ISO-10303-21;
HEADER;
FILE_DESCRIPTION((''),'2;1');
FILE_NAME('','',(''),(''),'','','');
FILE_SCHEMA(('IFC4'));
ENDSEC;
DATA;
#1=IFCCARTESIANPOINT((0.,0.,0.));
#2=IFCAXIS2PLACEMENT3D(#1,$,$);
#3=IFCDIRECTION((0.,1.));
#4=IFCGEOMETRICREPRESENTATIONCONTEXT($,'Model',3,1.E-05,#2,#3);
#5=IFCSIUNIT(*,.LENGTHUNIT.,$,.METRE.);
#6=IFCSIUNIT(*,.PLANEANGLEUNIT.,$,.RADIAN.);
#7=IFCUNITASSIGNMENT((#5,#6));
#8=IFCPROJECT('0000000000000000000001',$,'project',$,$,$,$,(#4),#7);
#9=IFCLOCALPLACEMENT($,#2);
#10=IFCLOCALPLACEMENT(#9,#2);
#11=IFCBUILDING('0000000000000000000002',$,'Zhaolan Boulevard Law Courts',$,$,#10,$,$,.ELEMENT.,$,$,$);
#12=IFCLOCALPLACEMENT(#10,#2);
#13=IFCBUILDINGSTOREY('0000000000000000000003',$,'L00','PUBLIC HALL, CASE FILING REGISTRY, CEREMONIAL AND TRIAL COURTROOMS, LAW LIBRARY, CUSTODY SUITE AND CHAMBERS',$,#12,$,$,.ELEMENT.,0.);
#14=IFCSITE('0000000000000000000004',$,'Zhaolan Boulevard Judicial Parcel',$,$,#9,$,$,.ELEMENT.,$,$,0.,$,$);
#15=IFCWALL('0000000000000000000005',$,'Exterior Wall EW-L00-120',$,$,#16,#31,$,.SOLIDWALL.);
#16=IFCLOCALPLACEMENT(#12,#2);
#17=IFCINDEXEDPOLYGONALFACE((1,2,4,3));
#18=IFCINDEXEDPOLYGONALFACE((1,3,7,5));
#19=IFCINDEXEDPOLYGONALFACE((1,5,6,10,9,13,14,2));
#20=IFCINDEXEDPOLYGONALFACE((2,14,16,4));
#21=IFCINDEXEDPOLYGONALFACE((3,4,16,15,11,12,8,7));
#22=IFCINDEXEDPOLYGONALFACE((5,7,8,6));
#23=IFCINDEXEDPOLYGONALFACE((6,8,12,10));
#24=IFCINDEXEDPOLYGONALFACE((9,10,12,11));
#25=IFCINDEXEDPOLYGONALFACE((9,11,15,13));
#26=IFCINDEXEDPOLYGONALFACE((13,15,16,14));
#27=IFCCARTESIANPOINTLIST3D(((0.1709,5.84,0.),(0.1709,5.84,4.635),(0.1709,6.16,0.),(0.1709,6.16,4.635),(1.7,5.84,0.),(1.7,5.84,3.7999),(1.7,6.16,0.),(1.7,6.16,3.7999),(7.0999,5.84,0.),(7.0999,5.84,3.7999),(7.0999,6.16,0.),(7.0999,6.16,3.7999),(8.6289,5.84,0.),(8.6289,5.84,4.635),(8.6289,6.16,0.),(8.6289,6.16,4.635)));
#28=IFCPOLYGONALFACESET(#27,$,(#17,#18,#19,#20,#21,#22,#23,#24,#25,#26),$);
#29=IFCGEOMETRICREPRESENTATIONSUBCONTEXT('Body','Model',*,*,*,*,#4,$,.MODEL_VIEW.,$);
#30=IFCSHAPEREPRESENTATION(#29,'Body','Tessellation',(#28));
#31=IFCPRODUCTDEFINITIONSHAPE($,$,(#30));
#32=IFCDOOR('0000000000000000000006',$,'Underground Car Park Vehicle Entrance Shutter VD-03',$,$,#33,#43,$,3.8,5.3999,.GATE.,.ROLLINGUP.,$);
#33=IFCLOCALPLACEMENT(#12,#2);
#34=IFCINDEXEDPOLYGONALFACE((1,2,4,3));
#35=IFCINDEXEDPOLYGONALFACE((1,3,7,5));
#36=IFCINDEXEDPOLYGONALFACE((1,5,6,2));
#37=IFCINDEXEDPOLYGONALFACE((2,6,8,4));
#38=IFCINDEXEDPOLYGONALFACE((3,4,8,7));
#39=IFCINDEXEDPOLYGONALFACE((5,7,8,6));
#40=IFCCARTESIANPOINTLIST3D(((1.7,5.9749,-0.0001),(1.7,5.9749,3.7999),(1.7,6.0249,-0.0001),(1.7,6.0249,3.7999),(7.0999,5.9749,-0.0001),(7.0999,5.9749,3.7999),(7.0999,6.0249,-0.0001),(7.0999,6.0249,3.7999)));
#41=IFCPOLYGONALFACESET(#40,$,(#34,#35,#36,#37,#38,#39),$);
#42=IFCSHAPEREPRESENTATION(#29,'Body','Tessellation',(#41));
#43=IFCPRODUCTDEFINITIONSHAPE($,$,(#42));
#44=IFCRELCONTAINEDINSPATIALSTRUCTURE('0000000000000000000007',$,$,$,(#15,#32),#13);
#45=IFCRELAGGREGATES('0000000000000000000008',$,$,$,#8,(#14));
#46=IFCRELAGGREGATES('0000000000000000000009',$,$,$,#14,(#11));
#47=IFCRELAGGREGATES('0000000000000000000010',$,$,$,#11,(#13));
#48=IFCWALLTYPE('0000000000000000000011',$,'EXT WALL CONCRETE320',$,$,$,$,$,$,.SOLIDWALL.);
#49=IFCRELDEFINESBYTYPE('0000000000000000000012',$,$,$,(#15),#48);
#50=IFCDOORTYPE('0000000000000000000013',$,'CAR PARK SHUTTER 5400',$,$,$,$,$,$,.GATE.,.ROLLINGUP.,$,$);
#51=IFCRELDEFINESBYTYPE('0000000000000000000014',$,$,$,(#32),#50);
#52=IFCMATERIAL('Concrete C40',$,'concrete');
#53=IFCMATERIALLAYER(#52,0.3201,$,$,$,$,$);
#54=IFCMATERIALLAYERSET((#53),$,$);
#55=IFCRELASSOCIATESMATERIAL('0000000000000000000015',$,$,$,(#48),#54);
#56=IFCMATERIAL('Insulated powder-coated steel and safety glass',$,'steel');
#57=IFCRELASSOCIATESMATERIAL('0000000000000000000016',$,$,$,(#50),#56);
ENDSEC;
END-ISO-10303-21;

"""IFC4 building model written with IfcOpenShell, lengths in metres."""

from ifc_helpers import new_model, si_unit, direction, frame, frame_2d, origin, place, context, subcontext, project, spatial, rectangle, extrude, material, layer, layer_set, type_object, element, fill, save


model = new_model("IFC4")

# Units and contexts
model_context = context("Model", 3, precision=1e-05, world=origin(), true_north=direction((0.0, 1.0)))
body_context = subcontext(model_context, "Body", "Model", "MODEL_VIEW")
ifc_project = project(units=[si_unit("LENGTHUNIT", "METRE"), si_unit("PLANEANGLEUNIT", "RADIAN")], contexts=[model_context])

# Site, building, storey
site_placement = place(None, origin())
site = spatial("IfcSite", under=ifc_project, at=site_placement, Name="Zhaolan Boulevard Judicial Parcel", CompositionType="ELEMENT", RefElevation=0.0)
building_placement = place(site_placement, origin())
building = spatial("IfcBuilding", under=site, at=building_placement, Name="Zhaolan Boulevard Law Courts", CompositionType="ELEMENT")
storey_placement = place(building_placement, origin())
storey = spatial("IfcBuildingStorey", under=building, at=storey_placement, Name="L00", Description="PUBLIC HALL, CASE FILING REGISTRY, CEREMONIAL AND TRIAL COURTROOMS, LAW LIBRARY, CUSTODY SUITE AND CHAMBERS", CompositionType="ELEMENT", Elevation=0.0)

# Wall, opening, door
ifc_material_1 = material(Name="Concrete C40", Category="concrete")
ifc_layer_1 = layer(ifc_material_1, 0.3201)
ifc_layer_set_1 = layer_set([ifc_layer_1])
wall_type = type_object("IfcWallType", Name="EXT WALL CONCRETE320", PredefinedType="SOLIDWALL", material=ifc_layer_set_1)
wall_placement = place(storey_placement, frame((0.1709, 6.0, 0.0), z_axis=(0.0, 0.0, 1.0), x_axis=(1.0, 0.0, 0.0)))
wall = element("IfcWall", 1, at=wall_placement, inside=storey, type_object=wall_type, Name="Exterior Wall EW-L00-120", PredefinedType="SOLIDWALL", context=body_context, shape_type="SweptSolid", body=[
    extrude(rectangle(XDim=8.458, YDim=0.3201, at=frame_2d((4.229, 0.0))), origin(), (0.0, 0.0, 1.0), 4.635),
])
opening_1_placement = place(wall_placement, frame((1.5291, 0.0, 0.0)))
opening_1 = element("IfcOpeningElement", 2, at=opening_1_placement, cuts=wall, PredefinedType="OPENING", context=body_context, shape_type="SweptSolid", body=[
    extrude(rectangle(XDim=5.3999, YDim=3.8, at=frame_2d((2.7, 1.8999))), frame((0.0, 0.1699, 0.0), z_axis=(0.0, -1.0, 0.0), x_axis=(1.0, 0.0, 0.0)), (0.0, 0.0, 1.0), 0.3401),
])
ifc_material_2 = material(Name="Insulated powder-coated steel and safety glass", Category="steel")
door_type = type_object("IfcDoorType", Name="CAR PARK SHUTTER 5400", OperationType="ROLLINGUP", PredefinedType="GATE", material=ifc_material_2)
door_placement = place(opening_1_placement, origin())
door = element("IfcDoor", 3, at=door_placement, inside=storey, type_object=door_type, Name="Underground Car Park Vehicle Entrance Shutter VD-03", OperationType="ROLLINGUP", OverallHeight=3.8, OverallWidth=5.3999, PredefinedType="GATE", context=body_context, shape_type="SweptSolid", body=[
    extrude(rectangle(XDim=5.3999, YDim=3.8, at=frame_2d((2.7, 1.8999))), frame((0.0, 0.0249, 0.0), z_axis=(0.0, -1.0, 0.0), x_axis=(1.0, 0.0, 0.0)), (0.0, 0.0, 1.0), 0.05),
])
fill(opening_1, door)

save(model, "model.ifc")
